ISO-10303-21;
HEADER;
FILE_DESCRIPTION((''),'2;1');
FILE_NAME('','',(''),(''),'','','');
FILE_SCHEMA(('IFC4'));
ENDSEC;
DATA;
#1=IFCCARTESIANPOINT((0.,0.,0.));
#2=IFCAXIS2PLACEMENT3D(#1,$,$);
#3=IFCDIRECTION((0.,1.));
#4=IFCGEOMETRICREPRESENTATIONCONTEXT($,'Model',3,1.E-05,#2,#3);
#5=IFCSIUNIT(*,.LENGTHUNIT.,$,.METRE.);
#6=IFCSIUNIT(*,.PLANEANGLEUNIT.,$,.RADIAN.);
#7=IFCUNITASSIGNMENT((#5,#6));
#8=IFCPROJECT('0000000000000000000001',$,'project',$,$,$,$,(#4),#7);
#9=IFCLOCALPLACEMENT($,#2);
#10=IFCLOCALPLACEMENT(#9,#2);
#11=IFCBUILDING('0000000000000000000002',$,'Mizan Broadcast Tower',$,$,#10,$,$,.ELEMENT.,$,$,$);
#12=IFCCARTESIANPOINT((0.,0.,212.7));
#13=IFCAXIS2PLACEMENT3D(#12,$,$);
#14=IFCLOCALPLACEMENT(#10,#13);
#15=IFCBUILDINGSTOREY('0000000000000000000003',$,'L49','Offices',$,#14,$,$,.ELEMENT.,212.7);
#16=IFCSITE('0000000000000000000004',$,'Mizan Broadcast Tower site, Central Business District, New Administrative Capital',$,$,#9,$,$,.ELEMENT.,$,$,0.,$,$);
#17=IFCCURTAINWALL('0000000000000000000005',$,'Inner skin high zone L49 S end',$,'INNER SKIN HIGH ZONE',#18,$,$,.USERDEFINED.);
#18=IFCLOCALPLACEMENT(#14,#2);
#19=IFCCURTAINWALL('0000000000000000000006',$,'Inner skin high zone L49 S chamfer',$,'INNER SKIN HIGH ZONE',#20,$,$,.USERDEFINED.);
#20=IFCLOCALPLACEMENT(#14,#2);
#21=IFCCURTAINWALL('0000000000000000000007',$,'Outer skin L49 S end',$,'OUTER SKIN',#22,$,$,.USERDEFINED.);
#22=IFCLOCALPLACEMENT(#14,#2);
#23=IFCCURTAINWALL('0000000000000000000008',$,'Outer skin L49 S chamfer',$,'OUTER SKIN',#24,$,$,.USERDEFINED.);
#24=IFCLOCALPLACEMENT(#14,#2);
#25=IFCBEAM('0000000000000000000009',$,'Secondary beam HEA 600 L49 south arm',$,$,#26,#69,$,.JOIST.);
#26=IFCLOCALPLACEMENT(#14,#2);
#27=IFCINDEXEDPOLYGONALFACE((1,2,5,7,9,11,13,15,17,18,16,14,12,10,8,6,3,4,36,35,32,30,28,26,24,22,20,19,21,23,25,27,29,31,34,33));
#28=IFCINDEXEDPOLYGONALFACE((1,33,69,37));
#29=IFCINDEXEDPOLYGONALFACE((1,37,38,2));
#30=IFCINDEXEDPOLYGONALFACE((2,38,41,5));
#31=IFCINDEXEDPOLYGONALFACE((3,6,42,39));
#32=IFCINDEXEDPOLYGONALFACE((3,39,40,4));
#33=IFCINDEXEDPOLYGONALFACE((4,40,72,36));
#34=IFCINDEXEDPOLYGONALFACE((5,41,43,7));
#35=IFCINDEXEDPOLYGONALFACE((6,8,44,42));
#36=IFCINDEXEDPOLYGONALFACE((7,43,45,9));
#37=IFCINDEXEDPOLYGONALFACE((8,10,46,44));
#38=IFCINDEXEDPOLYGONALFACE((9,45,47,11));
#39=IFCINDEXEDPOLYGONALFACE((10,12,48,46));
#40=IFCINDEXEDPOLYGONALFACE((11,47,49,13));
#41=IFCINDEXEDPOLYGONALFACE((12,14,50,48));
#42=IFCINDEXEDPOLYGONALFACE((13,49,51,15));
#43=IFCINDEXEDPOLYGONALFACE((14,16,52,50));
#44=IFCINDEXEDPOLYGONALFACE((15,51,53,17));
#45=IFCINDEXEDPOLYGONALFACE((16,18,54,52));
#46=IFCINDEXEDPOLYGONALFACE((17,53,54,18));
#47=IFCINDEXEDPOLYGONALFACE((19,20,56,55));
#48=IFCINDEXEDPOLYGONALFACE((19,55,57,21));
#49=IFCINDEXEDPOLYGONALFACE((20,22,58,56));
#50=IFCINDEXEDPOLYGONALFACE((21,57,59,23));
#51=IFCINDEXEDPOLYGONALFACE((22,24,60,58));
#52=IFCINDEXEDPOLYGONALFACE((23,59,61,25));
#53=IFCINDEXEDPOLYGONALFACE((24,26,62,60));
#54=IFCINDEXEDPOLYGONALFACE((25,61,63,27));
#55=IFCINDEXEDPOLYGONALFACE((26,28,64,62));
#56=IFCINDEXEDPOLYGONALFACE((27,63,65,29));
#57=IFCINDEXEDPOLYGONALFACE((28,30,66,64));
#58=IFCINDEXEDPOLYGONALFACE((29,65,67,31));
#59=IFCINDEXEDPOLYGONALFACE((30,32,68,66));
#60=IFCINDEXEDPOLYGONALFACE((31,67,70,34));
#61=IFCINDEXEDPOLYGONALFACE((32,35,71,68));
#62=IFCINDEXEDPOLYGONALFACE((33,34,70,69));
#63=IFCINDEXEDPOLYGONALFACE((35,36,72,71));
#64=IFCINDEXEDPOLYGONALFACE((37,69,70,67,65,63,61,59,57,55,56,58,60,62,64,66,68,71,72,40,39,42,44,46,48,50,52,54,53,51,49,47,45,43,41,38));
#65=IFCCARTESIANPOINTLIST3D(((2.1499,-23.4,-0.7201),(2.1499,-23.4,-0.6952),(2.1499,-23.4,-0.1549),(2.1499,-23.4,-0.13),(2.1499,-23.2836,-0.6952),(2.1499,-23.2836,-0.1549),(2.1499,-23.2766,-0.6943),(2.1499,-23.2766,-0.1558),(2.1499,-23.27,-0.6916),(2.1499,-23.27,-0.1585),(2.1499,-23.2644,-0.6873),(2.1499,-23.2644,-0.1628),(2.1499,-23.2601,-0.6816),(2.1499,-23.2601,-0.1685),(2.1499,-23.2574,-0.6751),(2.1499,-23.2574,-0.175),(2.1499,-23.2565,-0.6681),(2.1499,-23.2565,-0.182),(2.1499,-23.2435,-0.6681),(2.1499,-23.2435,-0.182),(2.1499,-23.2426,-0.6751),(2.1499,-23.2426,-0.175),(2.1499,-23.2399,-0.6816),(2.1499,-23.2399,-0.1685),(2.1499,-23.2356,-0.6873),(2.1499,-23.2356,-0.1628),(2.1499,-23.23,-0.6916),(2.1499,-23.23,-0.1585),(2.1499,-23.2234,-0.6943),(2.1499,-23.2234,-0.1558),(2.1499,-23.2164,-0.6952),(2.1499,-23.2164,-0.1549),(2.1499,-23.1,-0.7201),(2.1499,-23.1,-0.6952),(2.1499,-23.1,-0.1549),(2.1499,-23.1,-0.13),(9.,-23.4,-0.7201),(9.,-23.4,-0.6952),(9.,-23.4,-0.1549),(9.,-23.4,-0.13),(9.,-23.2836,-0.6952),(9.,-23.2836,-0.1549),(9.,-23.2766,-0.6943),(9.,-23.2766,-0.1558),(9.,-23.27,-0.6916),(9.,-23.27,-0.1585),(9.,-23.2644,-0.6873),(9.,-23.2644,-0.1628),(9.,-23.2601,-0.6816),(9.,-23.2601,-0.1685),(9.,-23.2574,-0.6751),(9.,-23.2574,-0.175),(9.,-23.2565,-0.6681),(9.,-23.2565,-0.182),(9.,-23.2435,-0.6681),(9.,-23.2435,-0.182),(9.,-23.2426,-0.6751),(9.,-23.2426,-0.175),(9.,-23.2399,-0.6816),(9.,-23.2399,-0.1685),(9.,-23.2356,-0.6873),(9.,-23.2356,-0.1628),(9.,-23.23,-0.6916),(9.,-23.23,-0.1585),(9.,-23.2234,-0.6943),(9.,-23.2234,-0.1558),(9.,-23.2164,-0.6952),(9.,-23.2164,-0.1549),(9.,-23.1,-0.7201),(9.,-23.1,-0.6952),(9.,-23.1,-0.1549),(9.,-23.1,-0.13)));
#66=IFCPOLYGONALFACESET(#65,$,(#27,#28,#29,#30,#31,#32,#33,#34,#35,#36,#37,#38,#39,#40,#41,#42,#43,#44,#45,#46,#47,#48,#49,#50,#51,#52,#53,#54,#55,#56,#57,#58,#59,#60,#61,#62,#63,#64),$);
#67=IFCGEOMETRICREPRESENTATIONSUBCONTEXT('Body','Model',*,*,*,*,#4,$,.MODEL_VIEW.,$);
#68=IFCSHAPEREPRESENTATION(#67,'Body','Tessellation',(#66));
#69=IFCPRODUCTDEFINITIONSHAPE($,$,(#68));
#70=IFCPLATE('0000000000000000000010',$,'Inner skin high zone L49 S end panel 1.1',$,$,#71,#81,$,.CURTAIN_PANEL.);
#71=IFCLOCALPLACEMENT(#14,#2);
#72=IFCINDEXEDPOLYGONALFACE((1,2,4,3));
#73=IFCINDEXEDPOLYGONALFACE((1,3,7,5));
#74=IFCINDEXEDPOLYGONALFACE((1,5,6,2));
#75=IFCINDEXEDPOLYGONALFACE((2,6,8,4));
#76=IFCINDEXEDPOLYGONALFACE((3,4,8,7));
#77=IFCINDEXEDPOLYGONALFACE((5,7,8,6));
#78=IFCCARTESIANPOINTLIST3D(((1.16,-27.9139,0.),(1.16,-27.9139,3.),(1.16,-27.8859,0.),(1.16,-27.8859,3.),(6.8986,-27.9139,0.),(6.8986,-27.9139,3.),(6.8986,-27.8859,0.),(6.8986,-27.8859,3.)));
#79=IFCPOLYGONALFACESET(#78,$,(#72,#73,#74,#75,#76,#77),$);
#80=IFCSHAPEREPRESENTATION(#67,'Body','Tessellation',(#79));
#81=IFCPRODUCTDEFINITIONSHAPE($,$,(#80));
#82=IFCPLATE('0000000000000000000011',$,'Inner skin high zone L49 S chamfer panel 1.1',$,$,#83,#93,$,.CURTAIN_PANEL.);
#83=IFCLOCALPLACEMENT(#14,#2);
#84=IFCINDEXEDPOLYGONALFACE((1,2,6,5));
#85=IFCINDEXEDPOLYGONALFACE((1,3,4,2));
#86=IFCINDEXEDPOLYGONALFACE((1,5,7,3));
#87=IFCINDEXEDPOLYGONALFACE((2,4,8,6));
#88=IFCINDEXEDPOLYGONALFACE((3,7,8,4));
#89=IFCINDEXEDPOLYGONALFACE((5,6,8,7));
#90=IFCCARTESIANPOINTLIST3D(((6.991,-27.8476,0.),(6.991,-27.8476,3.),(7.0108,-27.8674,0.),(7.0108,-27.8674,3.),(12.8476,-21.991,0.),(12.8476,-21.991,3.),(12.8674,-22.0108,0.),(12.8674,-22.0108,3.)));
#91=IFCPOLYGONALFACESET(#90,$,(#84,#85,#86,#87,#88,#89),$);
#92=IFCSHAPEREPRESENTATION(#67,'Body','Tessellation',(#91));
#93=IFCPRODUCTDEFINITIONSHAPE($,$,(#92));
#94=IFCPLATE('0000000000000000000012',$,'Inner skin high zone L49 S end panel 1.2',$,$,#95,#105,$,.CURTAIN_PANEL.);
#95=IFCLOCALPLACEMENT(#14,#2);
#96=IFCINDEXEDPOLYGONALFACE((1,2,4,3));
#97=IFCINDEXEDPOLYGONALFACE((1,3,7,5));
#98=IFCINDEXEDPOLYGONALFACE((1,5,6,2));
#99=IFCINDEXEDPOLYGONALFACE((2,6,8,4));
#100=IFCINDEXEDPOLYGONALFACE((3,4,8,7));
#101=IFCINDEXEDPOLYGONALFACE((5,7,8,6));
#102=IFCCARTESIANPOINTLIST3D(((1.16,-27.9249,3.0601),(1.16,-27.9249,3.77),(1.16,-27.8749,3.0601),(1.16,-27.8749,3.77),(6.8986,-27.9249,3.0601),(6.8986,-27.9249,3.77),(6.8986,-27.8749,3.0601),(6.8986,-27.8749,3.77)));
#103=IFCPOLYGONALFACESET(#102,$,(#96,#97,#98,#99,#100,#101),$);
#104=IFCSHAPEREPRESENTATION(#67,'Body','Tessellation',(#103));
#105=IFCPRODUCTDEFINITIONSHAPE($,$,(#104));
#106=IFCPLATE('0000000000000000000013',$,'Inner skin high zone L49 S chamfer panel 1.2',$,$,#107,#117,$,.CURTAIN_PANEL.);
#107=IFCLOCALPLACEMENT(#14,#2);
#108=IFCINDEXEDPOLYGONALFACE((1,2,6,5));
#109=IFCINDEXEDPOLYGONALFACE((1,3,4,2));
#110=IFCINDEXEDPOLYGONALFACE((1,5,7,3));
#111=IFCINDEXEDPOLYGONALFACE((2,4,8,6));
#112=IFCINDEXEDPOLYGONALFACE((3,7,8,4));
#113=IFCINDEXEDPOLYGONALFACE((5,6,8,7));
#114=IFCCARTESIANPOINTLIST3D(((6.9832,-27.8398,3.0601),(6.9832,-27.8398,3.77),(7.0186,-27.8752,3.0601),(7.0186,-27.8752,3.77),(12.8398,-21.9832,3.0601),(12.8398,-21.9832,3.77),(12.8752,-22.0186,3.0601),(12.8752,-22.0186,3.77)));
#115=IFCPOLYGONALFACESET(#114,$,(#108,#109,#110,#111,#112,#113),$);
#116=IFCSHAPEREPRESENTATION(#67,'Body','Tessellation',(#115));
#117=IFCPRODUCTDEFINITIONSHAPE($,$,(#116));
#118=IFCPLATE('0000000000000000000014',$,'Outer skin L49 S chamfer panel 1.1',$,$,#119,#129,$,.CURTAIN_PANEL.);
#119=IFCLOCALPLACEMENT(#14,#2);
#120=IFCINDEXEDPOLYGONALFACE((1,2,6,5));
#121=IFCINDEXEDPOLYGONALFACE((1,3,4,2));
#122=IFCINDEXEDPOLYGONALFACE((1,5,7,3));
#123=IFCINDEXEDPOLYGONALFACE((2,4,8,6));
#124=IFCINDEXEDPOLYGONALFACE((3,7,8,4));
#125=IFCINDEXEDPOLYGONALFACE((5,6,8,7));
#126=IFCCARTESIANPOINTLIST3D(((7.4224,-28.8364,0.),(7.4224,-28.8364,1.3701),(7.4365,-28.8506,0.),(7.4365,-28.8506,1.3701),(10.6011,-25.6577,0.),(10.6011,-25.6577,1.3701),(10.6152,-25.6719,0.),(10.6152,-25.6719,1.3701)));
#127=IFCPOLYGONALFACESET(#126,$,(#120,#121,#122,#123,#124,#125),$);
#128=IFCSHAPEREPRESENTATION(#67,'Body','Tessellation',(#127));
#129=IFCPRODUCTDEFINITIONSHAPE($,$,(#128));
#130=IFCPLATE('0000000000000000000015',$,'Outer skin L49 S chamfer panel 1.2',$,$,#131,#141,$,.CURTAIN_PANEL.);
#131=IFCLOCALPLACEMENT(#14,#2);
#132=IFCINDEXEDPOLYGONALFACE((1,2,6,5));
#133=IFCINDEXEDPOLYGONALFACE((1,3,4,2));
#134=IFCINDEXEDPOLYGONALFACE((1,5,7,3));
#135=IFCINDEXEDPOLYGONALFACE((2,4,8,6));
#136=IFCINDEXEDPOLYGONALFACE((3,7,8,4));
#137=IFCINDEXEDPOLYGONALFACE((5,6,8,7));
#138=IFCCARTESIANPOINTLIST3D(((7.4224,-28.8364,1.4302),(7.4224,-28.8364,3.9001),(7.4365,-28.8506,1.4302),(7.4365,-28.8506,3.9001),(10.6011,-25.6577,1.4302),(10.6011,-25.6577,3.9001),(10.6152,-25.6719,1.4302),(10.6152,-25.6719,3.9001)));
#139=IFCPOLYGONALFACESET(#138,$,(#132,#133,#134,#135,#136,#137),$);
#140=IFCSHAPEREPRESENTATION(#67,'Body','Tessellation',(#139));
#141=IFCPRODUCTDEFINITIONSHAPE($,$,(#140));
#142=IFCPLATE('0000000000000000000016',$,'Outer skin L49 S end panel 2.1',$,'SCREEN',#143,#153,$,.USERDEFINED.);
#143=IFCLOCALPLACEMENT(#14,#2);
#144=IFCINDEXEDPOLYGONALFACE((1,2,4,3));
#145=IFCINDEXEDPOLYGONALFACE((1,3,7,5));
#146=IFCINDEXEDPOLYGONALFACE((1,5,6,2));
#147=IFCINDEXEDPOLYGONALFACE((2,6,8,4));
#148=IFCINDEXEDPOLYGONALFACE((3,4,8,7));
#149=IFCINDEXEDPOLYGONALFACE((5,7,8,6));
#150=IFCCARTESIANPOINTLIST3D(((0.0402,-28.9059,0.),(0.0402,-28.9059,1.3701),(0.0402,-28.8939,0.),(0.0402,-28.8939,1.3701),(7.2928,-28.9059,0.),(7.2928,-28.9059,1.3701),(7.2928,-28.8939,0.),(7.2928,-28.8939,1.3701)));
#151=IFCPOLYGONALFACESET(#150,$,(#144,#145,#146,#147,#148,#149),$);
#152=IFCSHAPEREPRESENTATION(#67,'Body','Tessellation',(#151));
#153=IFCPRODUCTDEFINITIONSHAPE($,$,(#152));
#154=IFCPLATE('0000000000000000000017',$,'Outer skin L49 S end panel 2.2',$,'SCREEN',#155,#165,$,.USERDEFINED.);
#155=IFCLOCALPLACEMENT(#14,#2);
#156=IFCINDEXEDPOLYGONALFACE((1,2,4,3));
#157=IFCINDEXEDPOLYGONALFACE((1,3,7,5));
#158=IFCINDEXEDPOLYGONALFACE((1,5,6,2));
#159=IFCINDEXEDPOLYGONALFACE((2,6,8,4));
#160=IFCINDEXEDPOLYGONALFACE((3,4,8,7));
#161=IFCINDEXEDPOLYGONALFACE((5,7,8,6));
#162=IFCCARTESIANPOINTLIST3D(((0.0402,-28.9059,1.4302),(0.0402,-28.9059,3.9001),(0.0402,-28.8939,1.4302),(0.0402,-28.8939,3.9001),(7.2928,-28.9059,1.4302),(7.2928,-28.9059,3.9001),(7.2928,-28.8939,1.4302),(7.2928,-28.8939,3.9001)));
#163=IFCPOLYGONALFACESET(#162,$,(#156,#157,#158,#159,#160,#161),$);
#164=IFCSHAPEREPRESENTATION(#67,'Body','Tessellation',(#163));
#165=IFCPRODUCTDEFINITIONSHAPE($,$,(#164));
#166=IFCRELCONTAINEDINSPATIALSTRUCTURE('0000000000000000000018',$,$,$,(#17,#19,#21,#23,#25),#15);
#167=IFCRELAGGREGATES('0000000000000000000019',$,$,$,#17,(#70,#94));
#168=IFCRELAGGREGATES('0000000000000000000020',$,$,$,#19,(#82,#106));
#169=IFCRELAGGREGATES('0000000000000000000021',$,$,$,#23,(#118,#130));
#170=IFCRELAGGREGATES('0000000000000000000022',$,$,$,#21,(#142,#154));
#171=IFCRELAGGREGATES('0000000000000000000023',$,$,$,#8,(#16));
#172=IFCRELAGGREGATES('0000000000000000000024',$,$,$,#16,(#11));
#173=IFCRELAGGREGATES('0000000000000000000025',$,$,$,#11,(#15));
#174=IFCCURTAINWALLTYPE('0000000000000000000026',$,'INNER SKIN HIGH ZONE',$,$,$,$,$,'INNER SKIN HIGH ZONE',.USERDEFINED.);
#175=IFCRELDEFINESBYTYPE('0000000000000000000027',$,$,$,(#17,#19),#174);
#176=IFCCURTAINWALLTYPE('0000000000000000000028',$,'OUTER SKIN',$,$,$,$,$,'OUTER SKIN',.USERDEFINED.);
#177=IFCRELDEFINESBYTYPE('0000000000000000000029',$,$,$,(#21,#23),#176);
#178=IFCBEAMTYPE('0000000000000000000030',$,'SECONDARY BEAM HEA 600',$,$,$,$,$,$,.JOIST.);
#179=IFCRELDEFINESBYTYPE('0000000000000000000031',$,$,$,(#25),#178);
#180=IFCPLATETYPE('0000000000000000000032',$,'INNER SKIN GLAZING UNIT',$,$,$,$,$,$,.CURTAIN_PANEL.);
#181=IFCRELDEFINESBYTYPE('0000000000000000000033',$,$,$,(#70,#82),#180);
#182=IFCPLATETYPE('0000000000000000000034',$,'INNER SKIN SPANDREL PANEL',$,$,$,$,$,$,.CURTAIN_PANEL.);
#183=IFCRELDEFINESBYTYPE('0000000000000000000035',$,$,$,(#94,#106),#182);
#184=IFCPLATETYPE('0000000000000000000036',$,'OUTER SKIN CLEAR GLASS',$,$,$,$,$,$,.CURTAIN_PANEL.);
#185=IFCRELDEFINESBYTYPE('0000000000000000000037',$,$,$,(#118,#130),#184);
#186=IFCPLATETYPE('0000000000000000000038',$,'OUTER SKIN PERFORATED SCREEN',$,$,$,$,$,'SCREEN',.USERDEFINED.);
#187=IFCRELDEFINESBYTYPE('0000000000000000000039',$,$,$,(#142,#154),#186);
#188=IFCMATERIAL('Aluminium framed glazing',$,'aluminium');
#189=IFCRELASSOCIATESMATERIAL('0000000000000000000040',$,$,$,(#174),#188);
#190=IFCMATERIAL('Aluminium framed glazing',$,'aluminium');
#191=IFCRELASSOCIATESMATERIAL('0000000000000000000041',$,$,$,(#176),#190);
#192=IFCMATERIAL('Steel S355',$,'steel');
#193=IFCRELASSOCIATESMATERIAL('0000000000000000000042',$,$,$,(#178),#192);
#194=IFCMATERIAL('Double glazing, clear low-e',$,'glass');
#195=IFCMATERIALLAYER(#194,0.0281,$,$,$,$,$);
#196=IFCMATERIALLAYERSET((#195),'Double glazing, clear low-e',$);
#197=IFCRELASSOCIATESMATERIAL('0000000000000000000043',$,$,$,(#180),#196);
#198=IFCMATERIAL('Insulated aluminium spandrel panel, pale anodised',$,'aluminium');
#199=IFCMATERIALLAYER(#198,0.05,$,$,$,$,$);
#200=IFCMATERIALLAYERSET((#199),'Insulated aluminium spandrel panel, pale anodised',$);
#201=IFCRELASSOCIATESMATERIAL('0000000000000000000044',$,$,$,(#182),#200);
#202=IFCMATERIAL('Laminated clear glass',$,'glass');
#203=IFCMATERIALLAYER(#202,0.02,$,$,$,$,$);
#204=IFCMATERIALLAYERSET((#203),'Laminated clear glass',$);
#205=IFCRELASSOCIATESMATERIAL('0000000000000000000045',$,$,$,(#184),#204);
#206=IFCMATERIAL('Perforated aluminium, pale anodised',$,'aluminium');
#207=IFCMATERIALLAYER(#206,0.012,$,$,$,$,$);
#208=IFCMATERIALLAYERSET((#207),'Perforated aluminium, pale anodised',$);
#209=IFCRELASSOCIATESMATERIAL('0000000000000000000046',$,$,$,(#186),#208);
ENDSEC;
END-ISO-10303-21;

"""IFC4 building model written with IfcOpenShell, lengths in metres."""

from ifc_helpers import new_model, si_unit, direction, frame, origin, origin_2d, place, context, subcontext, project, spatial, rectangle, i_section, extrude, material, layer, layer_set, material_profile, profile_set, type_object, element, aggregate, save


model = new_model("IFC4")

# Units and contexts
model_context = context("Model", 3, precision=1e-05, world=origin(), true_north=direction((0.0, 1.0)))
body_context = subcontext(model_context, "Body", "Model", "MODEL_VIEW")
ifc_project = project(units=[si_unit("LENGTHUNIT", "METRE"), si_unit("PLANEANGLEUNIT", "RADIAN")], contexts=[model_context])

# Site, building, storey
site_placement = place(None, origin())
site = spatial("IfcSite", under=ifc_project, at=site_placement, Name="Mizan Broadcast Tower site, Central Business District, New Administrative Capital", CompositionType="ELEMENT", RefElevation=0.0)
building_placement = place(site_placement, origin())
building = spatial("IfcBuilding", under=site, at=building_placement, Name="Mizan Broadcast Tower", CompositionType="ELEMENT")
storey_placement = place(building_placement, frame((0.0, 0.0, 212.7)))
storey = spatial("IfcBuildingStorey", under=building, at=storey_placement, Name="L49", Description="Offices", CompositionType="ELEMENT", Elevation=212.7)

# Curtain wall
ifc_material_1 = material(Name="Aluminium framed glazing", Category="aluminium")
curtain_wall_type_1 = type_object("IfcCurtainWallType", Name="INNER SKIN HIGH ZONE", ElementType="INNER SKIN HIGH ZONE", PredefinedType="USERDEFINED", material=ifc_material_1)
curtain_wall_1_placement = place(storey_placement, origin())
curtain_wall_1 = element("IfcCurtainWall", 1, at=curtain_wall_1_placement, inside=storey, type_object=curtain_wall_type_1, Name="Inner skin high zone L49 S end", ObjectType="INNER SKIN HIGH ZONE", PredefinedType="USERDEFINED")

# Curtain wall
curtain_wall_2_placement = place(storey_placement, origin())
curtain_wall_2 = element("IfcCurtainWall", 2, at=curtain_wall_2_placement, inside=storey, type_object=curtain_wall_type_1, Name="Inner skin high zone L49 S chamfer", ObjectType="INNER SKIN HIGH ZONE", PredefinedType="USERDEFINED")

# Curtain wall
ifc_material_2 = material(Name="Aluminium framed glazing", Category="aluminium")
curtain_wall_type_2 = type_object("IfcCurtainWallType", Name="OUTER SKIN", ElementType="OUTER SKIN", PredefinedType="USERDEFINED", material=ifc_material_2)
curtain_wall_3_placement = place(storey_placement, origin())
curtain_wall_3 = element("IfcCurtainWall", 3, at=curtain_wall_3_placement, inside=storey, type_object=curtain_wall_type_2, Name="Outer skin L49 S end", ObjectType="OUTER SKIN", PredefinedType="USERDEFINED")

# Curtain wall
curtain_wall_4_placement = place(storey_placement, origin())
curtain_wall_4 = element("IfcCurtainWall", 4, at=curtain_wall_4_placement, inside=storey, type_object=curtain_wall_type_2, Name="Outer skin L49 S chamfer", ObjectType="OUTER SKIN", PredefinedType="USERDEFINED")

# Beam
ifc_material_3 = material(Name="Steel S355", Category="steel")
ifc_material_profile_1 = material_profile(ifc_material_3, i_section(OverallWidth=0.3, OverallDepth=0.5901, WebThickness=0.0129, FlangeThickness=0.0249, FilletRadius=0.0271, at=origin_2d()), Name="HEA 600")
ifc_profile_set_1 = profile_set([ifc_material_profile_1], Name="Steel S355")
beam_type_1 = type_object("IfcBeamType", Name="SECONDARY BEAM HEA 600", PredefinedType="JOIST", material=ifc_profile_set_1)
beam_1_placement = place(storey_placement, frame((9.0, -23.25, -0.425), z_axis=(-1.0, 0.0, 0.0), x_axis=(0.0, -1.0, 0.0)))
element("IfcBeam", 5, at=beam_1_placement, inside=storey, type_object=beam_type_1, Name="Secondary beam HEA 600 L49 south arm", PredefinedType="JOIST", context=body_context, shape_type="SweptSolid", body=[
    extrude(i_section(OverallWidth=0.3, OverallDepth=0.5901, WebThickness=0.0129, FlangeThickness=0.0249, FilletRadius=0.0271, at=origin_2d()), origin(), (0.0, 0.0, 1.0), 6.8501),
])

# Plates
ifc_material_4 = material(Name="Double glazing, clear low-e", Category="glass")
ifc_layer_1 = layer(ifc_material_4, 0.0281)
ifc_layer_set_1 = layer_set([ifc_layer_1], Name="Double glazing, clear low-e")
plate_type_1 = type_object("IfcPlateType", Name="INNER SKIN GLAZING UNIT", PredefinedType="CURTAIN_PANEL", material=ifc_layer_set_1)
plate_1_placement = place(storey_placement, frame((4.0293, -27.8999, 0.0), z_axis=(0.0, 0.0, 1.0), x_axis=(1.0, 0.0, 0.0)))
plate_1 = element("IfcPlate", 6, at=plate_1_placement, type_object=plate_type_1, Name="Inner skin high zone L49 S end panel 1.1", PredefinedType="CURTAIN_PANEL", context=body_context, shape_type="SweptSolid", body=[
    extrude(rectangle(XDim=5.7385, YDim=0.0281, at=origin_2d()), origin(), (0.0, 0.0, 1.0), 3.0),
])
plate_2_placement = place(storey_placement, frame((9.9292, -24.9292, 0.0), z_axis=(0.0, 0.0, 1.0), x_axis=(0.707107, 0.707107, 0.0)))
plate_2 = element("IfcPlate", 7, at=plate_2_placement, type_object=plate_type_1, Name="Inner skin high zone L49 S chamfer panel 1.1", PredefinedType="CURTAIN_PANEL", context=body_context, shape_type="SweptSolid", body=[
    extrude(rectangle(XDim=8.2825, YDim=0.0281, at=origin_2d()), origin(), (0.0, 0.0, 1.0), 3.0),
])
ifc_material_5 = material(Name="Insulated aluminium spandrel panel, pale anodised", Category="aluminium")
ifc_layer_2 = layer(ifc_material_5, 0.05)
ifc_layer_set_2 = layer_set([ifc_layer_2], Name="Insulated aluminium spandrel panel, pale anodised")
plate_type_2 = type_object("IfcPlateType", Name="INNER SKIN SPANDREL PANEL", PredefinedType="CURTAIN_PANEL", material=ifc_layer_set_2)
plate_3_placement = place(storey_placement, frame((4.0293, -27.8999, 3.0601), z_axis=(0.0, 0.0, 1.0), x_axis=(1.0, 0.0, 0.0)))
plate_3 = element("IfcPlate", 8, at=plate_3_placement, type_object=plate_type_2, Name="Inner skin high zone L49 S end panel 1.2", PredefinedType="CURTAIN_PANEL", context=body_context, shape_type="SweptSolid", body=[
    extrude(rectangle(XDim=5.7385, YDim=0.05, at=origin_2d()), origin(), (0.0, 0.0, 1.0), 0.71),
])
aggregate(curtain_wall_1, [plate_1, plate_3])
plate_4_placement = place(storey_placement, frame((9.9292, -24.9292, 3.0601), z_axis=(0.0, 0.0, 1.0), x_axis=(0.707107, 0.707107, 0.0)))
plate_4 = element("IfcPlate", 9, at=plate_4_placement, type_object=plate_type_2, Name="Inner skin high zone L49 S chamfer panel 1.2", PredefinedType="CURTAIN_PANEL", context=body_context, shape_type="SweptSolid", body=[
    extrude(rectangle(XDim=8.2825, YDim=0.05, at=origin_2d()), origin(), (0.0, 0.0, 1.0), 0.71),
])
aggregate(curtain_wall_2, [plate_2, plate_4])
ifc_material_6 = material(Name="Laminated clear glass", Category="glass")
ifc_layer_3 = layer(ifc_material_6, 0.02)
ifc_layer_set_3 = layer_set([ifc_layer_3], Name="Laminated clear glass")
plate_type_3 = type_object("IfcPlateType", Name="OUTER SKIN CLEAR GLASS", PredefinedType="CURTAIN_PANEL", material=ifc_layer_set_3)
plate_5_placement = place(storey_placement, frame((9.0188, -27.2542, 0.0), z_axis=(0.0, 0.0, 1.0), x_axis=(0.707107, 0.707107, 0.0)))
plate_5 = element("IfcPlate", 10, at=plate_5_placement, type_object=plate_type_3, Name="Outer skin L49 S chamfer panel 1.1", PredefinedType="CURTAIN_PANEL", context=body_context, shape_type="SweptSolid", body=[
    extrude(rectangle(XDim=4.4954, YDim=0.02, at=origin_2d()), origin(), (0.0, 0.0, 1.0), 1.3701),
])
plate_6_placement = place(storey_placement, frame((9.0188, -27.2542, 1.4302), z_axis=(0.0, 0.0, 1.0), x_axis=(0.707107, 0.707107, 0.0)))
plate_6 = element("IfcPlate", 11, at=plate_6_placement, type_object=plate_type_3, Name="Outer skin L49 S chamfer panel 1.2", PredefinedType="CURTAIN_PANEL", context=body_context, shape_type="SweptSolid", body=[
    extrude(rectangle(XDim=4.4954, YDim=0.02, at=origin_2d()), origin(), (0.0, 0.0, 1.0), 2.47),
])
aggregate(curtain_wall_4, [plate_5, plate_6])
ifc_material_7 = material(Name="Perforated aluminium, pale anodised", Category="aluminium")
ifc_layer_4 = layer(ifc_material_7, 0.012)
ifc_layer_set_4 = layer_set([ifc_layer_4], Name="Perforated aluminium, pale anodised")
plate_type_4 = type_object("IfcPlateType", Name="OUTER SKIN PERFORATED SCREEN", ElementType="SCREEN", PredefinedType="USERDEFINED", material=ifc_layer_set_4)
plate_7_placement = place(storey_placement, frame((3.6665, -28.8999, 0.0), z_axis=(0.0, 0.0, 1.0), x_axis=(1.0, 0.0, 0.0)))
plate_7 = element("IfcPlate", 12, at=plate_7_placement, type_object=plate_type_4, Name="Outer skin L49 S end panel 2.1", ObjectType="SCREEN", PredefinedType="USERDEFINED", context=body_context, shape_type="SweptSolid", body=[
    extrude(rectangle(XDim=7.2527, YDim=0.012, at=origin_2d()), origin(), (0.0, 0.0, 1.0), 1.3701),
])
plate_8_placement = place(storey_placement, frame((3.6665, -28.8999, 1.4302), z_axis=(0.0, 0.0, 1.0), x_axis=(1.0, 0.0, 0.0)))
plate_8 = element("IfcPlate", 13, at=plate_8_placement, type_object=plate_type_4, Name="Outer skin L49 S end panel 2.2", ObjectType="SCREEN", PredefinedType="USERDEFINED", context=body_context, shape_type="SweptSolid", body=[
    extrude(rectangle(XDim=7.2527, YDim=0.012, at=origin_2d()), origin(), (0.0, 0.0, 1.0), 2.47),
])
aggregate(curtain_wall_3, [plate_7, plate_8])

save(model, "model.ifc")
